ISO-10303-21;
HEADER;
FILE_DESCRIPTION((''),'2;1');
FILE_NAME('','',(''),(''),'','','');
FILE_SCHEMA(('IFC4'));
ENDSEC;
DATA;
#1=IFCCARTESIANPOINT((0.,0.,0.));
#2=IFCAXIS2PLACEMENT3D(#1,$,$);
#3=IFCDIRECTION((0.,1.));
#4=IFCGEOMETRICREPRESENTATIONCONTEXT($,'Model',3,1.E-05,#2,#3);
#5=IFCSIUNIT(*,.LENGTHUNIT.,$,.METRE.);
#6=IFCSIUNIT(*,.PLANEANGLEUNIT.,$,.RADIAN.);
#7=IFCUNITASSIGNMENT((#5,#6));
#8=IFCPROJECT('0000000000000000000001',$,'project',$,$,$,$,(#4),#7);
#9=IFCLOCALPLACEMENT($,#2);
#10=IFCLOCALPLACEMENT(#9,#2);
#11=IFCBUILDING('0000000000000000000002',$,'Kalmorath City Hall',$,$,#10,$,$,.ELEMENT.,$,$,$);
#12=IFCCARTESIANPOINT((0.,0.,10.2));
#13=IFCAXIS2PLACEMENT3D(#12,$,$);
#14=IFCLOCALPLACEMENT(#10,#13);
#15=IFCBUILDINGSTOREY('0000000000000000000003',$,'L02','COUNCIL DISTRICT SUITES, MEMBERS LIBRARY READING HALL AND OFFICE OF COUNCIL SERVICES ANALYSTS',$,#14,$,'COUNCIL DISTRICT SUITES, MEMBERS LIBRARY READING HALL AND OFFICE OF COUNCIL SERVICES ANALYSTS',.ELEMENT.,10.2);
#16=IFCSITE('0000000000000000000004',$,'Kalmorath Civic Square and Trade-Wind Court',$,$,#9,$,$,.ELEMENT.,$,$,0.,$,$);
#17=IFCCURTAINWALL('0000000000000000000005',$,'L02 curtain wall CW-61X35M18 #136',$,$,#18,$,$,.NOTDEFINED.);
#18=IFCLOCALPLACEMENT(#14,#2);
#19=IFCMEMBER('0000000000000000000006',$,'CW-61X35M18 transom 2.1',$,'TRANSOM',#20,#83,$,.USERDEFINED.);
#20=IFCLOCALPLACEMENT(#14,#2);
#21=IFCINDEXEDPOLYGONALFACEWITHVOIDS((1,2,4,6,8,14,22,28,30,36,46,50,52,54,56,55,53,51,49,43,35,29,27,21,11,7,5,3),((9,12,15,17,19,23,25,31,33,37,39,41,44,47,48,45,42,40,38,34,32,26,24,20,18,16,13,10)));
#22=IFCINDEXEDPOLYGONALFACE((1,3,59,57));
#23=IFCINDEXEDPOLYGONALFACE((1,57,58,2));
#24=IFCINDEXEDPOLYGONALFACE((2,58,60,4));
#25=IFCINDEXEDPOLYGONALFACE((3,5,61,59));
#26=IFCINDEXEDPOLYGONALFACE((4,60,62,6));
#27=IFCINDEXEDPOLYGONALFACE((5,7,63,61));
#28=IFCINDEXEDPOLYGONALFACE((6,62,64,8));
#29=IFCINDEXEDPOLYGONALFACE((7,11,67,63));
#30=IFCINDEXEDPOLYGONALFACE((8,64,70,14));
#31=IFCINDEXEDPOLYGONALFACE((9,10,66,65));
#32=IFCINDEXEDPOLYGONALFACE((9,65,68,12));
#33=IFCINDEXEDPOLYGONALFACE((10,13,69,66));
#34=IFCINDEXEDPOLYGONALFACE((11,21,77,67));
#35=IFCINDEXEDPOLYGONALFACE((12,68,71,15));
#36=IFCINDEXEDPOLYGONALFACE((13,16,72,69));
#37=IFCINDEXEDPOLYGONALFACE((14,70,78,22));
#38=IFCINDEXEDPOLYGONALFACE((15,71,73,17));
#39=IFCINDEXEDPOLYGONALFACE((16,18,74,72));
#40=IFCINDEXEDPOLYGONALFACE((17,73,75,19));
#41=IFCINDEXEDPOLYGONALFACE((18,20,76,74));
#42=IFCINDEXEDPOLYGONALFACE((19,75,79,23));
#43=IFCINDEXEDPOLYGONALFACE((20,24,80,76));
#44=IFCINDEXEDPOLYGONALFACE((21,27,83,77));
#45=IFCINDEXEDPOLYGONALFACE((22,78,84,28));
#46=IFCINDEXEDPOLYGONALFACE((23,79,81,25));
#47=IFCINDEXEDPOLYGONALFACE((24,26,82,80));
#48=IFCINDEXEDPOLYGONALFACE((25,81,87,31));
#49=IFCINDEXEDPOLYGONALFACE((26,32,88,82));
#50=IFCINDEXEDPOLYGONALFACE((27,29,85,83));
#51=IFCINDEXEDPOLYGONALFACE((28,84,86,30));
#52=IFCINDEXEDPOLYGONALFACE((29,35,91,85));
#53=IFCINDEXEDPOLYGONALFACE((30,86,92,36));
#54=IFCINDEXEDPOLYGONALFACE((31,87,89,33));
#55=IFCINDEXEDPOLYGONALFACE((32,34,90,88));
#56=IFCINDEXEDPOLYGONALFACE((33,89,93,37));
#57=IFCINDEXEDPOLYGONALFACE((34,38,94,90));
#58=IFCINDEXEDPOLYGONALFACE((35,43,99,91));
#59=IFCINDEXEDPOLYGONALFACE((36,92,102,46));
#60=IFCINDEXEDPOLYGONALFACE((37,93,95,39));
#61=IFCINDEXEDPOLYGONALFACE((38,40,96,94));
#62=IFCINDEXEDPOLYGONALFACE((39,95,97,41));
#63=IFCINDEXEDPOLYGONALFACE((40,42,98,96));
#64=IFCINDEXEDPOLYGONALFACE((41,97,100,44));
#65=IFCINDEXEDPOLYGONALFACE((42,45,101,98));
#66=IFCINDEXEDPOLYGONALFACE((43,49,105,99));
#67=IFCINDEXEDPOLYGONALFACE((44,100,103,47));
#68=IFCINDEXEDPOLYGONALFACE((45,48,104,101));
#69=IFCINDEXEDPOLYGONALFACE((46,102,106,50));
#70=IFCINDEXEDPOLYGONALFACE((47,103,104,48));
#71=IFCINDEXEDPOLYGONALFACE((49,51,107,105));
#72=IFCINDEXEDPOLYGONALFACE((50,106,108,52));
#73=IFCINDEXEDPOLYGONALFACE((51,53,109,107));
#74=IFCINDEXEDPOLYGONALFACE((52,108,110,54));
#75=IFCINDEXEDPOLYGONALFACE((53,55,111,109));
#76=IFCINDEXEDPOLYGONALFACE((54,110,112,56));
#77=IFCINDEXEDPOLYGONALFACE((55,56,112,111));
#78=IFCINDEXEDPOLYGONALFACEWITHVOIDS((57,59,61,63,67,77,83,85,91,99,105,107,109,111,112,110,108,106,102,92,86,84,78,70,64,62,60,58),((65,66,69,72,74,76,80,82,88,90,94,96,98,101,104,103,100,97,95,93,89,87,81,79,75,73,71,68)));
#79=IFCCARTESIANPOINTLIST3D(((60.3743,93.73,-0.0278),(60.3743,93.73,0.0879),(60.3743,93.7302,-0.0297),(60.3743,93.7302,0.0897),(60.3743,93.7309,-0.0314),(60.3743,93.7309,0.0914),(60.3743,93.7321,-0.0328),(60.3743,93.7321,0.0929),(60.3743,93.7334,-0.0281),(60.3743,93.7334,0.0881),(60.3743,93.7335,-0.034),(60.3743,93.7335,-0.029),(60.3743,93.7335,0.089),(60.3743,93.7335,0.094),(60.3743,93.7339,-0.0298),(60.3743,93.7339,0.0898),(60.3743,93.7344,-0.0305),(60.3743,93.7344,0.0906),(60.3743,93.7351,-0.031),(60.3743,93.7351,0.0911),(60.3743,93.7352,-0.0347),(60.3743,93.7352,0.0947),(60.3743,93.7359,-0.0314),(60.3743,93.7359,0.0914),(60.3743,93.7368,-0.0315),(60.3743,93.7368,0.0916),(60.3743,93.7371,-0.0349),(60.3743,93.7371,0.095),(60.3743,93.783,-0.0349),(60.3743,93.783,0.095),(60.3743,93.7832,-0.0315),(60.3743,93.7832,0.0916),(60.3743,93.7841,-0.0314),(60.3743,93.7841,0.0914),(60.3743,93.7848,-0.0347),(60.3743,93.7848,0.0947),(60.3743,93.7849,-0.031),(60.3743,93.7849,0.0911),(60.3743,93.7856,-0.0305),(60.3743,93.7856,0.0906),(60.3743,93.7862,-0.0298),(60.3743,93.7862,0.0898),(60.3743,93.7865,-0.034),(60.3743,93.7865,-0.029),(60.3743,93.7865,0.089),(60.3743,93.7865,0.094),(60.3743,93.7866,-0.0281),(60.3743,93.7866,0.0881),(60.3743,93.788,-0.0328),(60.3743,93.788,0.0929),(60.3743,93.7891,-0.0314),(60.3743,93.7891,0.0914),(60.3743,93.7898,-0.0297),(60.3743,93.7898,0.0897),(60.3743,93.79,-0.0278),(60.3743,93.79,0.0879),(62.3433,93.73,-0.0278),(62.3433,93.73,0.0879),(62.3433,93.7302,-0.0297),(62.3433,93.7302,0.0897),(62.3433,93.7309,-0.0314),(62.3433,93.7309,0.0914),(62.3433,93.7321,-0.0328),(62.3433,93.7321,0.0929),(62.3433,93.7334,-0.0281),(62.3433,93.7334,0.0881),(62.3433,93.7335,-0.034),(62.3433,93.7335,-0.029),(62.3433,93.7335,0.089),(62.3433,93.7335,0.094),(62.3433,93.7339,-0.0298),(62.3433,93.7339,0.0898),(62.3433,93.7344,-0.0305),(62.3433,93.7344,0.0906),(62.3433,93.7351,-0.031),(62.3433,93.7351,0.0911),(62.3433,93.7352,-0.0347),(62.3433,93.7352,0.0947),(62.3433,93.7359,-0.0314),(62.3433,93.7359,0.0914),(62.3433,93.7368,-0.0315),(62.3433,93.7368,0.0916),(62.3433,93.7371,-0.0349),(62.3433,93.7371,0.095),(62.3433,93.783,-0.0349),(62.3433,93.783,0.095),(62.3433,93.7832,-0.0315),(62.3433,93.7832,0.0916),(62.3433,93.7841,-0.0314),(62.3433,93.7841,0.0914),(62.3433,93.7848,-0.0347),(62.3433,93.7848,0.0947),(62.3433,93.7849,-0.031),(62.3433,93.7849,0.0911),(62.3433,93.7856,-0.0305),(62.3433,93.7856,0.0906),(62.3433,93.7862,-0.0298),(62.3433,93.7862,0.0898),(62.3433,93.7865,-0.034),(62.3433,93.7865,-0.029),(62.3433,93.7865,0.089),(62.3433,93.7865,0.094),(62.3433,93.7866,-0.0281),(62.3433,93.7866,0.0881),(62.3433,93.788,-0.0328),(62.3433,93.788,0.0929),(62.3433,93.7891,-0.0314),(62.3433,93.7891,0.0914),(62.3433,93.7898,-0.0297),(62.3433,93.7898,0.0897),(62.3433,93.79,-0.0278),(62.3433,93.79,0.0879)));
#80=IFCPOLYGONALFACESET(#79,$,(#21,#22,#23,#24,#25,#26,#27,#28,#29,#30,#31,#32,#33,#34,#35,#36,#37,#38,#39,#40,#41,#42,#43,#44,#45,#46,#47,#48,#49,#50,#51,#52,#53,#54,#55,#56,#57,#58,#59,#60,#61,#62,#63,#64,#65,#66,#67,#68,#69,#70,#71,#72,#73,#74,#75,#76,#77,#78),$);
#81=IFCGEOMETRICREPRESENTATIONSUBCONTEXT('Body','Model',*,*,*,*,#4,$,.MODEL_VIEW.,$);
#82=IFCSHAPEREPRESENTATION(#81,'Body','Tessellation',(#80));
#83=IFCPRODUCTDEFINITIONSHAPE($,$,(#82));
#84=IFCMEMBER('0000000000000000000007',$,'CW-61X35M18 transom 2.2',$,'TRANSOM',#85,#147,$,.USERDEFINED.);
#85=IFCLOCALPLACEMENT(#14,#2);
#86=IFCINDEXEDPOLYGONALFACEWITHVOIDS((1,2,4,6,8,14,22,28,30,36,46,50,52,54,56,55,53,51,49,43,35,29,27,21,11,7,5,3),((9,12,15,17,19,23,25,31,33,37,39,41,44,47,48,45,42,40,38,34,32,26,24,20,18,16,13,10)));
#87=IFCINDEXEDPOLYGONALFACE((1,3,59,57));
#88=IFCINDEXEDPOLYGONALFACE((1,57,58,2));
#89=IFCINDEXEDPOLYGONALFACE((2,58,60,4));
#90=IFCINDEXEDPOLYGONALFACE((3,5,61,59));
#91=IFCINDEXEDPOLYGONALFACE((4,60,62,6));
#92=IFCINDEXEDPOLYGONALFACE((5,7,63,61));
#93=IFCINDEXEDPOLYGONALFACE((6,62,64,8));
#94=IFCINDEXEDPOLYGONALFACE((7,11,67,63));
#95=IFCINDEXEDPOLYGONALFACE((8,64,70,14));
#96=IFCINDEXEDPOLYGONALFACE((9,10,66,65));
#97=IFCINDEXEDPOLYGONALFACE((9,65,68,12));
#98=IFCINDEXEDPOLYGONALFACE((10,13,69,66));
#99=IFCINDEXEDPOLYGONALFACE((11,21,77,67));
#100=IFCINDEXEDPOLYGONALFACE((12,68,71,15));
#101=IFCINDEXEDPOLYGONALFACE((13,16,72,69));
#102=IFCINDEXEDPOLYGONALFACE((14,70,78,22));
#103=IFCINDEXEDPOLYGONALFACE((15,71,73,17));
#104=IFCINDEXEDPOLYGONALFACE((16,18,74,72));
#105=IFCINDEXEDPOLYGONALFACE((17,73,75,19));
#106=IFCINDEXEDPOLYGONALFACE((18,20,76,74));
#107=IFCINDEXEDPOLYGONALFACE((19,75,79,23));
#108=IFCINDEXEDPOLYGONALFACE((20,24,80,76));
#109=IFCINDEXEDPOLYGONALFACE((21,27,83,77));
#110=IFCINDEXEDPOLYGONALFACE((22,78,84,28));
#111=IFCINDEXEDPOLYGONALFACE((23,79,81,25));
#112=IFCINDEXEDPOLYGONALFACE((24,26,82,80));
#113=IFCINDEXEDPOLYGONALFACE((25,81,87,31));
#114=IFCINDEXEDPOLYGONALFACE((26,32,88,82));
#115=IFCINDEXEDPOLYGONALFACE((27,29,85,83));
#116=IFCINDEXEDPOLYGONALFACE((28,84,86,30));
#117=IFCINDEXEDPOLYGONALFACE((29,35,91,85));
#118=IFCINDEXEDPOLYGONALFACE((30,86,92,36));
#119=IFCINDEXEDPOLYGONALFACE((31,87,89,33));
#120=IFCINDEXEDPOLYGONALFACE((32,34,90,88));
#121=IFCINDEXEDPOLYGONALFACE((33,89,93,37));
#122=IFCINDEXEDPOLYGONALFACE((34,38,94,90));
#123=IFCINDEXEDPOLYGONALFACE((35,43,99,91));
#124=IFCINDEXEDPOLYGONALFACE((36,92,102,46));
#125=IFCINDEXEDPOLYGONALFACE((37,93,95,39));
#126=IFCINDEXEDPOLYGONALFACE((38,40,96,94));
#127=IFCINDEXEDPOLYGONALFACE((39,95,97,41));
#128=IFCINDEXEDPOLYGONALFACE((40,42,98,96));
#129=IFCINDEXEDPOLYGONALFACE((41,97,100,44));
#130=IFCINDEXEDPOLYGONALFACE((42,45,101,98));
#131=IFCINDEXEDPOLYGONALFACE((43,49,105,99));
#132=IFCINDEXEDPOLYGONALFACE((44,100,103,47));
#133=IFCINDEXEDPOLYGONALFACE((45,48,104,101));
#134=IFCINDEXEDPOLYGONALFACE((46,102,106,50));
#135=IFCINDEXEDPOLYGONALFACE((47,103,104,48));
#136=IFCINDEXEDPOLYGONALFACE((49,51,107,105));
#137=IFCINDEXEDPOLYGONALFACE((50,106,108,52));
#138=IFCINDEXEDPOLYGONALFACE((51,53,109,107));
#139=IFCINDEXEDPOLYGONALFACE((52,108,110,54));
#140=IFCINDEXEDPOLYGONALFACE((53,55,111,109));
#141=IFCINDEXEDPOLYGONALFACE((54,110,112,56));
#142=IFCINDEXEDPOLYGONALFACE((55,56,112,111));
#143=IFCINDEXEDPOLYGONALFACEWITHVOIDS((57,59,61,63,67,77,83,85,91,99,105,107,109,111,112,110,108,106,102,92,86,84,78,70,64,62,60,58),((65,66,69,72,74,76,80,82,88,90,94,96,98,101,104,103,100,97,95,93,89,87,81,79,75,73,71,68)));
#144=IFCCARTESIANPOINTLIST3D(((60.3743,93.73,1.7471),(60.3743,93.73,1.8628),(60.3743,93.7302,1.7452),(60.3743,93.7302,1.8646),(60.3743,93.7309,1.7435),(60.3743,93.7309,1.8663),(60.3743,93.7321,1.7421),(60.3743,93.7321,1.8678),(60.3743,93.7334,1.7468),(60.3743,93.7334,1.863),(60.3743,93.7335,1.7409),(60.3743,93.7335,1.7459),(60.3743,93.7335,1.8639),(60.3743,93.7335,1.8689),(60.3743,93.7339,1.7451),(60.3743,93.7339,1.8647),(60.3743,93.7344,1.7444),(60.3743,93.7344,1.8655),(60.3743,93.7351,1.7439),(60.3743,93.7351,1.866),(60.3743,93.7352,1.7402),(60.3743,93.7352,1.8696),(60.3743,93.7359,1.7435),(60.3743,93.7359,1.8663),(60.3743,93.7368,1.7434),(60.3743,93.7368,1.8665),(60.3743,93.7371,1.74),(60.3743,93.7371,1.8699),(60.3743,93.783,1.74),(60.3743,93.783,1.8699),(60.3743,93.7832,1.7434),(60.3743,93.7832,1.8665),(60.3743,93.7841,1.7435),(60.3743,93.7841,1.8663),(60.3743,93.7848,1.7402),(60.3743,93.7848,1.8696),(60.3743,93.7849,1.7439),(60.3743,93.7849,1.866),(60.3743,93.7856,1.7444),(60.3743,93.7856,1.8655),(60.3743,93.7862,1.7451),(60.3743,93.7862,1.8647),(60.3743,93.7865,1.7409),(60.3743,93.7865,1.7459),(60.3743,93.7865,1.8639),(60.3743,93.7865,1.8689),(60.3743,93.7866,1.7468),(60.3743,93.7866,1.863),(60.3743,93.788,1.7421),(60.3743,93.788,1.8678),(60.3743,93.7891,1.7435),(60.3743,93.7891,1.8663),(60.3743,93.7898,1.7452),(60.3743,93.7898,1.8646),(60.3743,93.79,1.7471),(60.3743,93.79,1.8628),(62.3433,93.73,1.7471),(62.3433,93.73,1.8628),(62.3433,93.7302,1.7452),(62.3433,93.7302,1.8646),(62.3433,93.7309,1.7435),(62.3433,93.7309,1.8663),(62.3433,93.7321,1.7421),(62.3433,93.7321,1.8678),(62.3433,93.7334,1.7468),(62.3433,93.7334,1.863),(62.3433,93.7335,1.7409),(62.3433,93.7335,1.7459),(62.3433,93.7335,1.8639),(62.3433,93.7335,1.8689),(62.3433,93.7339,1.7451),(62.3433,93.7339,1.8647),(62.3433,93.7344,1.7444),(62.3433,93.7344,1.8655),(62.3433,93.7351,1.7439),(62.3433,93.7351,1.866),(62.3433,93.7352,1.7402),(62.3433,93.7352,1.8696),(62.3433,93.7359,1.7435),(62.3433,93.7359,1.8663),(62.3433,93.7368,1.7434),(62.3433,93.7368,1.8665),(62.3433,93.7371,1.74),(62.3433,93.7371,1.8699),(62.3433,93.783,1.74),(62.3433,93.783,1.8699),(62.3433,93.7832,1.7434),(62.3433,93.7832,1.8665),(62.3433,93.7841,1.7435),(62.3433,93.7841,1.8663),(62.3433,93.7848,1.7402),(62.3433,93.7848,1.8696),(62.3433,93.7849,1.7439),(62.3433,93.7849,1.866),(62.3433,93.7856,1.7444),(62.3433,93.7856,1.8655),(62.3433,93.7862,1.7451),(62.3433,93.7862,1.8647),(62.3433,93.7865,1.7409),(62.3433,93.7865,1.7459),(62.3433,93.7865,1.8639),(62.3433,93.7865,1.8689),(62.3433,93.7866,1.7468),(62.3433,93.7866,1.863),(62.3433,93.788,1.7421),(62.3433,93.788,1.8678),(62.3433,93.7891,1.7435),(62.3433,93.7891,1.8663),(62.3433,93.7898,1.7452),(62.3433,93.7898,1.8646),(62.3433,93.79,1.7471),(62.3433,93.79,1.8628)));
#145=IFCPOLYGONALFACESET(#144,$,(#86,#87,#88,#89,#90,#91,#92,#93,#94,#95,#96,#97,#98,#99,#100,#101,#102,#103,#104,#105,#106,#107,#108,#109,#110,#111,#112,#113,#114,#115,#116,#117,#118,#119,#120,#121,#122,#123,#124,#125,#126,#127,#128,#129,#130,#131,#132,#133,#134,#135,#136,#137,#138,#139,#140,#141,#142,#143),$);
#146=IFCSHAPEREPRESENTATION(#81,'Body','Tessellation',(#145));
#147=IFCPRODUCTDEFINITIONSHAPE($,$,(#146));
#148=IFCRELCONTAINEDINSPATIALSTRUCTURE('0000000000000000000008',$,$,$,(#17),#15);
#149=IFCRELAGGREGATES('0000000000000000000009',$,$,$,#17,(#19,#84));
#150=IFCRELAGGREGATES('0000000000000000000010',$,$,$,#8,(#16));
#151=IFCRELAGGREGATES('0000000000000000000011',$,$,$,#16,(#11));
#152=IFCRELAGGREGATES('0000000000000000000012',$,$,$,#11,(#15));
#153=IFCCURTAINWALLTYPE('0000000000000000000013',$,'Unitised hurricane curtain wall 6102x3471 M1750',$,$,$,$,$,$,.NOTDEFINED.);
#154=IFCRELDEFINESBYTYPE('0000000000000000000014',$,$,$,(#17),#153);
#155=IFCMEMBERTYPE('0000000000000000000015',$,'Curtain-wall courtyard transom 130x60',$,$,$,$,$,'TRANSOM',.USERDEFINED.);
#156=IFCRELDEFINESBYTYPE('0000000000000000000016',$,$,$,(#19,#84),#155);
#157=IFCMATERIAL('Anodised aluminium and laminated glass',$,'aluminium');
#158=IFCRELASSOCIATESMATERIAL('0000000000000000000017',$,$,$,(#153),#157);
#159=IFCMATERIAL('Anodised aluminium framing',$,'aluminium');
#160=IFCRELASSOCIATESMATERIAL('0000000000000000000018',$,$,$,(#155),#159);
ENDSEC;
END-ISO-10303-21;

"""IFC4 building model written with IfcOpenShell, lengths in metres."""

from ifc_helpers import new_model, si_unit, direction, frame, origin, origin_2d, place, context, subcontext, project, spatial, hollow_rectangle, extrude, material, material_profile, profile_set, type_object, element, aggregate, save


model = new_model("IFC4")

# Units and contexts
model_context = context("Model", 3, precision=1e-05, world=origin(), true_north=direction((0.0, 1.0)))
body_context = subcontext(model_context, "Body", "Model", "MODEL_VIEW")
ifc_project = project(units=[si_unit("LENGTHUNIT", "METRE"), si_unit("PLANEANGLEUNIT", "RADIAN")], contexts=[model_context])

# Site, building, storey
site_placement = place(None, origin())
site = spatial("IfcSite", under=ifc_project, at=site_placement, Name="Kalmorath Civic Square and Trade-Wind Court", CompositionType="ELEMENT", RefElevation=0.0)
building_placement = place(site_placement, origin())
building = spatial("IfcBuilding", under=site, at=building_placement, Name="Kalmorath City Hall", CompositionType="ELEMENT")
storey_placement = place(building_placement, frame((0.0, 0.0, 10.2)))
storey = spatial("IfcBuildingStorey", under=building, at=storey_placement, Name="L02", Description="COUNCIL DISTRICT SUITES, MEMBERS LIBRARY READING HALL AND OFFICE OF COUNCIL SERVICES ANALYSTS", LongName="COUNCIL DISTRICT SUITES, MEMBERS LIBRARY READING HALL AND OFFICE OF COUNCIL SERVICES ANALYSTS", CompositionType="ELEMENT", Elevation=10.2)

# Curtain wall
ifc_material_1 = material(Name="Anodised aluminium and laminated glass", Category="aluminium")
curtain_wall_type_1 = type_object("IfcCurtainWallType", Name="Unitised hurricane curtain wall 6102x3471 M1750", PredefinedType="NOTDEFINED", material=ifc_material_1)
curtain_wall_1_placement = place(storey_placement, origin())
curtain_wall_1 = element("IfcCurtainWall", 1, at=curtain_wall_1_placement, inside=storey, type_object=curtain_wall_type_1, Name="L02 curtain wall CW-61X35M18 #136", PredefinedType="NOTDEFINED")

# Members
ifc_material_2 = material(Name="Anodised aluminium framing", Category="aluminium")
ifc_material_profile_1 = material_profile(ifc_material_2, hollow_rectangle(XDim=0.0601, YDim=0.1299, WallThickness=0.0034, InnerFilletRadius=0.0034, OuterFilletRadius=0.0071, at=origin_2d()), Name="ALU-TRN-130X60X3.5")
ifc_profile_set_1 = profile_set([ifc_material_profile_1], Name="Anodised aluminium framing")
member_type_1 = type_object("IfcMemberType", Name="Curtain-wall courtyard transom 130x60", ElementType="TRANSOM", PredefinedType="USERDEFINED", material=ifc_profile_set_1)
member_1_placement = place(storey_placement, frame((62.3433, 93.76, 0.03), z_axis=(-1.0, 0.0, 0.0), x_axis=(0.0, -1.0, 0.0)))
member_1 = element("IfcMember", 2, at=member_1_placement, type_object=member_type_1, Name="CW-61X35M18 transom 2.1", ObjectType="TRANSOM", PredefinedType="USERDEFINED", context=body_context, shape_type="SweptSolid", body=[
    extrude(hollow_rectangle(XDim=0.0601, YDim=0.1299, WallThickness=0.0034, InnerFilletRadius=0.0034, OuterFilletRadius=0.0071, at=origin_2d()), origin(), (0.0, 0.0, 1.0), 1.969),
])
member_2_placement = place(storey_placement, frame((62.3433, 93.76, 1.8049), z_axis=(-1.0, 0.0, 0.0), x_axis=(0.0, -1.0, 0.0)))
member_2 = element("IfcMember", 3, at=member_2_placement, type_object=member_type_1, Name="CW-61X35M18 transom 2.2", ObjectType="TRANSOM", PredefinedType="USERDEFINED", context=body_context, shape_type="SweptSolid", body=[
    extrude(hollow_rectangle(XDim=0.0601, YDim=0.1299, WallThickness=0.0034, InnerFilletRadius=0.0034, OuterFilletRadius=0.0071, at=origin_2d()), origin(), (0.0, 0.0, 1.0), 1.969),
])

aggregate(curtain_wall_1, [member_1, member_2])

save(model, "model.ifc")
